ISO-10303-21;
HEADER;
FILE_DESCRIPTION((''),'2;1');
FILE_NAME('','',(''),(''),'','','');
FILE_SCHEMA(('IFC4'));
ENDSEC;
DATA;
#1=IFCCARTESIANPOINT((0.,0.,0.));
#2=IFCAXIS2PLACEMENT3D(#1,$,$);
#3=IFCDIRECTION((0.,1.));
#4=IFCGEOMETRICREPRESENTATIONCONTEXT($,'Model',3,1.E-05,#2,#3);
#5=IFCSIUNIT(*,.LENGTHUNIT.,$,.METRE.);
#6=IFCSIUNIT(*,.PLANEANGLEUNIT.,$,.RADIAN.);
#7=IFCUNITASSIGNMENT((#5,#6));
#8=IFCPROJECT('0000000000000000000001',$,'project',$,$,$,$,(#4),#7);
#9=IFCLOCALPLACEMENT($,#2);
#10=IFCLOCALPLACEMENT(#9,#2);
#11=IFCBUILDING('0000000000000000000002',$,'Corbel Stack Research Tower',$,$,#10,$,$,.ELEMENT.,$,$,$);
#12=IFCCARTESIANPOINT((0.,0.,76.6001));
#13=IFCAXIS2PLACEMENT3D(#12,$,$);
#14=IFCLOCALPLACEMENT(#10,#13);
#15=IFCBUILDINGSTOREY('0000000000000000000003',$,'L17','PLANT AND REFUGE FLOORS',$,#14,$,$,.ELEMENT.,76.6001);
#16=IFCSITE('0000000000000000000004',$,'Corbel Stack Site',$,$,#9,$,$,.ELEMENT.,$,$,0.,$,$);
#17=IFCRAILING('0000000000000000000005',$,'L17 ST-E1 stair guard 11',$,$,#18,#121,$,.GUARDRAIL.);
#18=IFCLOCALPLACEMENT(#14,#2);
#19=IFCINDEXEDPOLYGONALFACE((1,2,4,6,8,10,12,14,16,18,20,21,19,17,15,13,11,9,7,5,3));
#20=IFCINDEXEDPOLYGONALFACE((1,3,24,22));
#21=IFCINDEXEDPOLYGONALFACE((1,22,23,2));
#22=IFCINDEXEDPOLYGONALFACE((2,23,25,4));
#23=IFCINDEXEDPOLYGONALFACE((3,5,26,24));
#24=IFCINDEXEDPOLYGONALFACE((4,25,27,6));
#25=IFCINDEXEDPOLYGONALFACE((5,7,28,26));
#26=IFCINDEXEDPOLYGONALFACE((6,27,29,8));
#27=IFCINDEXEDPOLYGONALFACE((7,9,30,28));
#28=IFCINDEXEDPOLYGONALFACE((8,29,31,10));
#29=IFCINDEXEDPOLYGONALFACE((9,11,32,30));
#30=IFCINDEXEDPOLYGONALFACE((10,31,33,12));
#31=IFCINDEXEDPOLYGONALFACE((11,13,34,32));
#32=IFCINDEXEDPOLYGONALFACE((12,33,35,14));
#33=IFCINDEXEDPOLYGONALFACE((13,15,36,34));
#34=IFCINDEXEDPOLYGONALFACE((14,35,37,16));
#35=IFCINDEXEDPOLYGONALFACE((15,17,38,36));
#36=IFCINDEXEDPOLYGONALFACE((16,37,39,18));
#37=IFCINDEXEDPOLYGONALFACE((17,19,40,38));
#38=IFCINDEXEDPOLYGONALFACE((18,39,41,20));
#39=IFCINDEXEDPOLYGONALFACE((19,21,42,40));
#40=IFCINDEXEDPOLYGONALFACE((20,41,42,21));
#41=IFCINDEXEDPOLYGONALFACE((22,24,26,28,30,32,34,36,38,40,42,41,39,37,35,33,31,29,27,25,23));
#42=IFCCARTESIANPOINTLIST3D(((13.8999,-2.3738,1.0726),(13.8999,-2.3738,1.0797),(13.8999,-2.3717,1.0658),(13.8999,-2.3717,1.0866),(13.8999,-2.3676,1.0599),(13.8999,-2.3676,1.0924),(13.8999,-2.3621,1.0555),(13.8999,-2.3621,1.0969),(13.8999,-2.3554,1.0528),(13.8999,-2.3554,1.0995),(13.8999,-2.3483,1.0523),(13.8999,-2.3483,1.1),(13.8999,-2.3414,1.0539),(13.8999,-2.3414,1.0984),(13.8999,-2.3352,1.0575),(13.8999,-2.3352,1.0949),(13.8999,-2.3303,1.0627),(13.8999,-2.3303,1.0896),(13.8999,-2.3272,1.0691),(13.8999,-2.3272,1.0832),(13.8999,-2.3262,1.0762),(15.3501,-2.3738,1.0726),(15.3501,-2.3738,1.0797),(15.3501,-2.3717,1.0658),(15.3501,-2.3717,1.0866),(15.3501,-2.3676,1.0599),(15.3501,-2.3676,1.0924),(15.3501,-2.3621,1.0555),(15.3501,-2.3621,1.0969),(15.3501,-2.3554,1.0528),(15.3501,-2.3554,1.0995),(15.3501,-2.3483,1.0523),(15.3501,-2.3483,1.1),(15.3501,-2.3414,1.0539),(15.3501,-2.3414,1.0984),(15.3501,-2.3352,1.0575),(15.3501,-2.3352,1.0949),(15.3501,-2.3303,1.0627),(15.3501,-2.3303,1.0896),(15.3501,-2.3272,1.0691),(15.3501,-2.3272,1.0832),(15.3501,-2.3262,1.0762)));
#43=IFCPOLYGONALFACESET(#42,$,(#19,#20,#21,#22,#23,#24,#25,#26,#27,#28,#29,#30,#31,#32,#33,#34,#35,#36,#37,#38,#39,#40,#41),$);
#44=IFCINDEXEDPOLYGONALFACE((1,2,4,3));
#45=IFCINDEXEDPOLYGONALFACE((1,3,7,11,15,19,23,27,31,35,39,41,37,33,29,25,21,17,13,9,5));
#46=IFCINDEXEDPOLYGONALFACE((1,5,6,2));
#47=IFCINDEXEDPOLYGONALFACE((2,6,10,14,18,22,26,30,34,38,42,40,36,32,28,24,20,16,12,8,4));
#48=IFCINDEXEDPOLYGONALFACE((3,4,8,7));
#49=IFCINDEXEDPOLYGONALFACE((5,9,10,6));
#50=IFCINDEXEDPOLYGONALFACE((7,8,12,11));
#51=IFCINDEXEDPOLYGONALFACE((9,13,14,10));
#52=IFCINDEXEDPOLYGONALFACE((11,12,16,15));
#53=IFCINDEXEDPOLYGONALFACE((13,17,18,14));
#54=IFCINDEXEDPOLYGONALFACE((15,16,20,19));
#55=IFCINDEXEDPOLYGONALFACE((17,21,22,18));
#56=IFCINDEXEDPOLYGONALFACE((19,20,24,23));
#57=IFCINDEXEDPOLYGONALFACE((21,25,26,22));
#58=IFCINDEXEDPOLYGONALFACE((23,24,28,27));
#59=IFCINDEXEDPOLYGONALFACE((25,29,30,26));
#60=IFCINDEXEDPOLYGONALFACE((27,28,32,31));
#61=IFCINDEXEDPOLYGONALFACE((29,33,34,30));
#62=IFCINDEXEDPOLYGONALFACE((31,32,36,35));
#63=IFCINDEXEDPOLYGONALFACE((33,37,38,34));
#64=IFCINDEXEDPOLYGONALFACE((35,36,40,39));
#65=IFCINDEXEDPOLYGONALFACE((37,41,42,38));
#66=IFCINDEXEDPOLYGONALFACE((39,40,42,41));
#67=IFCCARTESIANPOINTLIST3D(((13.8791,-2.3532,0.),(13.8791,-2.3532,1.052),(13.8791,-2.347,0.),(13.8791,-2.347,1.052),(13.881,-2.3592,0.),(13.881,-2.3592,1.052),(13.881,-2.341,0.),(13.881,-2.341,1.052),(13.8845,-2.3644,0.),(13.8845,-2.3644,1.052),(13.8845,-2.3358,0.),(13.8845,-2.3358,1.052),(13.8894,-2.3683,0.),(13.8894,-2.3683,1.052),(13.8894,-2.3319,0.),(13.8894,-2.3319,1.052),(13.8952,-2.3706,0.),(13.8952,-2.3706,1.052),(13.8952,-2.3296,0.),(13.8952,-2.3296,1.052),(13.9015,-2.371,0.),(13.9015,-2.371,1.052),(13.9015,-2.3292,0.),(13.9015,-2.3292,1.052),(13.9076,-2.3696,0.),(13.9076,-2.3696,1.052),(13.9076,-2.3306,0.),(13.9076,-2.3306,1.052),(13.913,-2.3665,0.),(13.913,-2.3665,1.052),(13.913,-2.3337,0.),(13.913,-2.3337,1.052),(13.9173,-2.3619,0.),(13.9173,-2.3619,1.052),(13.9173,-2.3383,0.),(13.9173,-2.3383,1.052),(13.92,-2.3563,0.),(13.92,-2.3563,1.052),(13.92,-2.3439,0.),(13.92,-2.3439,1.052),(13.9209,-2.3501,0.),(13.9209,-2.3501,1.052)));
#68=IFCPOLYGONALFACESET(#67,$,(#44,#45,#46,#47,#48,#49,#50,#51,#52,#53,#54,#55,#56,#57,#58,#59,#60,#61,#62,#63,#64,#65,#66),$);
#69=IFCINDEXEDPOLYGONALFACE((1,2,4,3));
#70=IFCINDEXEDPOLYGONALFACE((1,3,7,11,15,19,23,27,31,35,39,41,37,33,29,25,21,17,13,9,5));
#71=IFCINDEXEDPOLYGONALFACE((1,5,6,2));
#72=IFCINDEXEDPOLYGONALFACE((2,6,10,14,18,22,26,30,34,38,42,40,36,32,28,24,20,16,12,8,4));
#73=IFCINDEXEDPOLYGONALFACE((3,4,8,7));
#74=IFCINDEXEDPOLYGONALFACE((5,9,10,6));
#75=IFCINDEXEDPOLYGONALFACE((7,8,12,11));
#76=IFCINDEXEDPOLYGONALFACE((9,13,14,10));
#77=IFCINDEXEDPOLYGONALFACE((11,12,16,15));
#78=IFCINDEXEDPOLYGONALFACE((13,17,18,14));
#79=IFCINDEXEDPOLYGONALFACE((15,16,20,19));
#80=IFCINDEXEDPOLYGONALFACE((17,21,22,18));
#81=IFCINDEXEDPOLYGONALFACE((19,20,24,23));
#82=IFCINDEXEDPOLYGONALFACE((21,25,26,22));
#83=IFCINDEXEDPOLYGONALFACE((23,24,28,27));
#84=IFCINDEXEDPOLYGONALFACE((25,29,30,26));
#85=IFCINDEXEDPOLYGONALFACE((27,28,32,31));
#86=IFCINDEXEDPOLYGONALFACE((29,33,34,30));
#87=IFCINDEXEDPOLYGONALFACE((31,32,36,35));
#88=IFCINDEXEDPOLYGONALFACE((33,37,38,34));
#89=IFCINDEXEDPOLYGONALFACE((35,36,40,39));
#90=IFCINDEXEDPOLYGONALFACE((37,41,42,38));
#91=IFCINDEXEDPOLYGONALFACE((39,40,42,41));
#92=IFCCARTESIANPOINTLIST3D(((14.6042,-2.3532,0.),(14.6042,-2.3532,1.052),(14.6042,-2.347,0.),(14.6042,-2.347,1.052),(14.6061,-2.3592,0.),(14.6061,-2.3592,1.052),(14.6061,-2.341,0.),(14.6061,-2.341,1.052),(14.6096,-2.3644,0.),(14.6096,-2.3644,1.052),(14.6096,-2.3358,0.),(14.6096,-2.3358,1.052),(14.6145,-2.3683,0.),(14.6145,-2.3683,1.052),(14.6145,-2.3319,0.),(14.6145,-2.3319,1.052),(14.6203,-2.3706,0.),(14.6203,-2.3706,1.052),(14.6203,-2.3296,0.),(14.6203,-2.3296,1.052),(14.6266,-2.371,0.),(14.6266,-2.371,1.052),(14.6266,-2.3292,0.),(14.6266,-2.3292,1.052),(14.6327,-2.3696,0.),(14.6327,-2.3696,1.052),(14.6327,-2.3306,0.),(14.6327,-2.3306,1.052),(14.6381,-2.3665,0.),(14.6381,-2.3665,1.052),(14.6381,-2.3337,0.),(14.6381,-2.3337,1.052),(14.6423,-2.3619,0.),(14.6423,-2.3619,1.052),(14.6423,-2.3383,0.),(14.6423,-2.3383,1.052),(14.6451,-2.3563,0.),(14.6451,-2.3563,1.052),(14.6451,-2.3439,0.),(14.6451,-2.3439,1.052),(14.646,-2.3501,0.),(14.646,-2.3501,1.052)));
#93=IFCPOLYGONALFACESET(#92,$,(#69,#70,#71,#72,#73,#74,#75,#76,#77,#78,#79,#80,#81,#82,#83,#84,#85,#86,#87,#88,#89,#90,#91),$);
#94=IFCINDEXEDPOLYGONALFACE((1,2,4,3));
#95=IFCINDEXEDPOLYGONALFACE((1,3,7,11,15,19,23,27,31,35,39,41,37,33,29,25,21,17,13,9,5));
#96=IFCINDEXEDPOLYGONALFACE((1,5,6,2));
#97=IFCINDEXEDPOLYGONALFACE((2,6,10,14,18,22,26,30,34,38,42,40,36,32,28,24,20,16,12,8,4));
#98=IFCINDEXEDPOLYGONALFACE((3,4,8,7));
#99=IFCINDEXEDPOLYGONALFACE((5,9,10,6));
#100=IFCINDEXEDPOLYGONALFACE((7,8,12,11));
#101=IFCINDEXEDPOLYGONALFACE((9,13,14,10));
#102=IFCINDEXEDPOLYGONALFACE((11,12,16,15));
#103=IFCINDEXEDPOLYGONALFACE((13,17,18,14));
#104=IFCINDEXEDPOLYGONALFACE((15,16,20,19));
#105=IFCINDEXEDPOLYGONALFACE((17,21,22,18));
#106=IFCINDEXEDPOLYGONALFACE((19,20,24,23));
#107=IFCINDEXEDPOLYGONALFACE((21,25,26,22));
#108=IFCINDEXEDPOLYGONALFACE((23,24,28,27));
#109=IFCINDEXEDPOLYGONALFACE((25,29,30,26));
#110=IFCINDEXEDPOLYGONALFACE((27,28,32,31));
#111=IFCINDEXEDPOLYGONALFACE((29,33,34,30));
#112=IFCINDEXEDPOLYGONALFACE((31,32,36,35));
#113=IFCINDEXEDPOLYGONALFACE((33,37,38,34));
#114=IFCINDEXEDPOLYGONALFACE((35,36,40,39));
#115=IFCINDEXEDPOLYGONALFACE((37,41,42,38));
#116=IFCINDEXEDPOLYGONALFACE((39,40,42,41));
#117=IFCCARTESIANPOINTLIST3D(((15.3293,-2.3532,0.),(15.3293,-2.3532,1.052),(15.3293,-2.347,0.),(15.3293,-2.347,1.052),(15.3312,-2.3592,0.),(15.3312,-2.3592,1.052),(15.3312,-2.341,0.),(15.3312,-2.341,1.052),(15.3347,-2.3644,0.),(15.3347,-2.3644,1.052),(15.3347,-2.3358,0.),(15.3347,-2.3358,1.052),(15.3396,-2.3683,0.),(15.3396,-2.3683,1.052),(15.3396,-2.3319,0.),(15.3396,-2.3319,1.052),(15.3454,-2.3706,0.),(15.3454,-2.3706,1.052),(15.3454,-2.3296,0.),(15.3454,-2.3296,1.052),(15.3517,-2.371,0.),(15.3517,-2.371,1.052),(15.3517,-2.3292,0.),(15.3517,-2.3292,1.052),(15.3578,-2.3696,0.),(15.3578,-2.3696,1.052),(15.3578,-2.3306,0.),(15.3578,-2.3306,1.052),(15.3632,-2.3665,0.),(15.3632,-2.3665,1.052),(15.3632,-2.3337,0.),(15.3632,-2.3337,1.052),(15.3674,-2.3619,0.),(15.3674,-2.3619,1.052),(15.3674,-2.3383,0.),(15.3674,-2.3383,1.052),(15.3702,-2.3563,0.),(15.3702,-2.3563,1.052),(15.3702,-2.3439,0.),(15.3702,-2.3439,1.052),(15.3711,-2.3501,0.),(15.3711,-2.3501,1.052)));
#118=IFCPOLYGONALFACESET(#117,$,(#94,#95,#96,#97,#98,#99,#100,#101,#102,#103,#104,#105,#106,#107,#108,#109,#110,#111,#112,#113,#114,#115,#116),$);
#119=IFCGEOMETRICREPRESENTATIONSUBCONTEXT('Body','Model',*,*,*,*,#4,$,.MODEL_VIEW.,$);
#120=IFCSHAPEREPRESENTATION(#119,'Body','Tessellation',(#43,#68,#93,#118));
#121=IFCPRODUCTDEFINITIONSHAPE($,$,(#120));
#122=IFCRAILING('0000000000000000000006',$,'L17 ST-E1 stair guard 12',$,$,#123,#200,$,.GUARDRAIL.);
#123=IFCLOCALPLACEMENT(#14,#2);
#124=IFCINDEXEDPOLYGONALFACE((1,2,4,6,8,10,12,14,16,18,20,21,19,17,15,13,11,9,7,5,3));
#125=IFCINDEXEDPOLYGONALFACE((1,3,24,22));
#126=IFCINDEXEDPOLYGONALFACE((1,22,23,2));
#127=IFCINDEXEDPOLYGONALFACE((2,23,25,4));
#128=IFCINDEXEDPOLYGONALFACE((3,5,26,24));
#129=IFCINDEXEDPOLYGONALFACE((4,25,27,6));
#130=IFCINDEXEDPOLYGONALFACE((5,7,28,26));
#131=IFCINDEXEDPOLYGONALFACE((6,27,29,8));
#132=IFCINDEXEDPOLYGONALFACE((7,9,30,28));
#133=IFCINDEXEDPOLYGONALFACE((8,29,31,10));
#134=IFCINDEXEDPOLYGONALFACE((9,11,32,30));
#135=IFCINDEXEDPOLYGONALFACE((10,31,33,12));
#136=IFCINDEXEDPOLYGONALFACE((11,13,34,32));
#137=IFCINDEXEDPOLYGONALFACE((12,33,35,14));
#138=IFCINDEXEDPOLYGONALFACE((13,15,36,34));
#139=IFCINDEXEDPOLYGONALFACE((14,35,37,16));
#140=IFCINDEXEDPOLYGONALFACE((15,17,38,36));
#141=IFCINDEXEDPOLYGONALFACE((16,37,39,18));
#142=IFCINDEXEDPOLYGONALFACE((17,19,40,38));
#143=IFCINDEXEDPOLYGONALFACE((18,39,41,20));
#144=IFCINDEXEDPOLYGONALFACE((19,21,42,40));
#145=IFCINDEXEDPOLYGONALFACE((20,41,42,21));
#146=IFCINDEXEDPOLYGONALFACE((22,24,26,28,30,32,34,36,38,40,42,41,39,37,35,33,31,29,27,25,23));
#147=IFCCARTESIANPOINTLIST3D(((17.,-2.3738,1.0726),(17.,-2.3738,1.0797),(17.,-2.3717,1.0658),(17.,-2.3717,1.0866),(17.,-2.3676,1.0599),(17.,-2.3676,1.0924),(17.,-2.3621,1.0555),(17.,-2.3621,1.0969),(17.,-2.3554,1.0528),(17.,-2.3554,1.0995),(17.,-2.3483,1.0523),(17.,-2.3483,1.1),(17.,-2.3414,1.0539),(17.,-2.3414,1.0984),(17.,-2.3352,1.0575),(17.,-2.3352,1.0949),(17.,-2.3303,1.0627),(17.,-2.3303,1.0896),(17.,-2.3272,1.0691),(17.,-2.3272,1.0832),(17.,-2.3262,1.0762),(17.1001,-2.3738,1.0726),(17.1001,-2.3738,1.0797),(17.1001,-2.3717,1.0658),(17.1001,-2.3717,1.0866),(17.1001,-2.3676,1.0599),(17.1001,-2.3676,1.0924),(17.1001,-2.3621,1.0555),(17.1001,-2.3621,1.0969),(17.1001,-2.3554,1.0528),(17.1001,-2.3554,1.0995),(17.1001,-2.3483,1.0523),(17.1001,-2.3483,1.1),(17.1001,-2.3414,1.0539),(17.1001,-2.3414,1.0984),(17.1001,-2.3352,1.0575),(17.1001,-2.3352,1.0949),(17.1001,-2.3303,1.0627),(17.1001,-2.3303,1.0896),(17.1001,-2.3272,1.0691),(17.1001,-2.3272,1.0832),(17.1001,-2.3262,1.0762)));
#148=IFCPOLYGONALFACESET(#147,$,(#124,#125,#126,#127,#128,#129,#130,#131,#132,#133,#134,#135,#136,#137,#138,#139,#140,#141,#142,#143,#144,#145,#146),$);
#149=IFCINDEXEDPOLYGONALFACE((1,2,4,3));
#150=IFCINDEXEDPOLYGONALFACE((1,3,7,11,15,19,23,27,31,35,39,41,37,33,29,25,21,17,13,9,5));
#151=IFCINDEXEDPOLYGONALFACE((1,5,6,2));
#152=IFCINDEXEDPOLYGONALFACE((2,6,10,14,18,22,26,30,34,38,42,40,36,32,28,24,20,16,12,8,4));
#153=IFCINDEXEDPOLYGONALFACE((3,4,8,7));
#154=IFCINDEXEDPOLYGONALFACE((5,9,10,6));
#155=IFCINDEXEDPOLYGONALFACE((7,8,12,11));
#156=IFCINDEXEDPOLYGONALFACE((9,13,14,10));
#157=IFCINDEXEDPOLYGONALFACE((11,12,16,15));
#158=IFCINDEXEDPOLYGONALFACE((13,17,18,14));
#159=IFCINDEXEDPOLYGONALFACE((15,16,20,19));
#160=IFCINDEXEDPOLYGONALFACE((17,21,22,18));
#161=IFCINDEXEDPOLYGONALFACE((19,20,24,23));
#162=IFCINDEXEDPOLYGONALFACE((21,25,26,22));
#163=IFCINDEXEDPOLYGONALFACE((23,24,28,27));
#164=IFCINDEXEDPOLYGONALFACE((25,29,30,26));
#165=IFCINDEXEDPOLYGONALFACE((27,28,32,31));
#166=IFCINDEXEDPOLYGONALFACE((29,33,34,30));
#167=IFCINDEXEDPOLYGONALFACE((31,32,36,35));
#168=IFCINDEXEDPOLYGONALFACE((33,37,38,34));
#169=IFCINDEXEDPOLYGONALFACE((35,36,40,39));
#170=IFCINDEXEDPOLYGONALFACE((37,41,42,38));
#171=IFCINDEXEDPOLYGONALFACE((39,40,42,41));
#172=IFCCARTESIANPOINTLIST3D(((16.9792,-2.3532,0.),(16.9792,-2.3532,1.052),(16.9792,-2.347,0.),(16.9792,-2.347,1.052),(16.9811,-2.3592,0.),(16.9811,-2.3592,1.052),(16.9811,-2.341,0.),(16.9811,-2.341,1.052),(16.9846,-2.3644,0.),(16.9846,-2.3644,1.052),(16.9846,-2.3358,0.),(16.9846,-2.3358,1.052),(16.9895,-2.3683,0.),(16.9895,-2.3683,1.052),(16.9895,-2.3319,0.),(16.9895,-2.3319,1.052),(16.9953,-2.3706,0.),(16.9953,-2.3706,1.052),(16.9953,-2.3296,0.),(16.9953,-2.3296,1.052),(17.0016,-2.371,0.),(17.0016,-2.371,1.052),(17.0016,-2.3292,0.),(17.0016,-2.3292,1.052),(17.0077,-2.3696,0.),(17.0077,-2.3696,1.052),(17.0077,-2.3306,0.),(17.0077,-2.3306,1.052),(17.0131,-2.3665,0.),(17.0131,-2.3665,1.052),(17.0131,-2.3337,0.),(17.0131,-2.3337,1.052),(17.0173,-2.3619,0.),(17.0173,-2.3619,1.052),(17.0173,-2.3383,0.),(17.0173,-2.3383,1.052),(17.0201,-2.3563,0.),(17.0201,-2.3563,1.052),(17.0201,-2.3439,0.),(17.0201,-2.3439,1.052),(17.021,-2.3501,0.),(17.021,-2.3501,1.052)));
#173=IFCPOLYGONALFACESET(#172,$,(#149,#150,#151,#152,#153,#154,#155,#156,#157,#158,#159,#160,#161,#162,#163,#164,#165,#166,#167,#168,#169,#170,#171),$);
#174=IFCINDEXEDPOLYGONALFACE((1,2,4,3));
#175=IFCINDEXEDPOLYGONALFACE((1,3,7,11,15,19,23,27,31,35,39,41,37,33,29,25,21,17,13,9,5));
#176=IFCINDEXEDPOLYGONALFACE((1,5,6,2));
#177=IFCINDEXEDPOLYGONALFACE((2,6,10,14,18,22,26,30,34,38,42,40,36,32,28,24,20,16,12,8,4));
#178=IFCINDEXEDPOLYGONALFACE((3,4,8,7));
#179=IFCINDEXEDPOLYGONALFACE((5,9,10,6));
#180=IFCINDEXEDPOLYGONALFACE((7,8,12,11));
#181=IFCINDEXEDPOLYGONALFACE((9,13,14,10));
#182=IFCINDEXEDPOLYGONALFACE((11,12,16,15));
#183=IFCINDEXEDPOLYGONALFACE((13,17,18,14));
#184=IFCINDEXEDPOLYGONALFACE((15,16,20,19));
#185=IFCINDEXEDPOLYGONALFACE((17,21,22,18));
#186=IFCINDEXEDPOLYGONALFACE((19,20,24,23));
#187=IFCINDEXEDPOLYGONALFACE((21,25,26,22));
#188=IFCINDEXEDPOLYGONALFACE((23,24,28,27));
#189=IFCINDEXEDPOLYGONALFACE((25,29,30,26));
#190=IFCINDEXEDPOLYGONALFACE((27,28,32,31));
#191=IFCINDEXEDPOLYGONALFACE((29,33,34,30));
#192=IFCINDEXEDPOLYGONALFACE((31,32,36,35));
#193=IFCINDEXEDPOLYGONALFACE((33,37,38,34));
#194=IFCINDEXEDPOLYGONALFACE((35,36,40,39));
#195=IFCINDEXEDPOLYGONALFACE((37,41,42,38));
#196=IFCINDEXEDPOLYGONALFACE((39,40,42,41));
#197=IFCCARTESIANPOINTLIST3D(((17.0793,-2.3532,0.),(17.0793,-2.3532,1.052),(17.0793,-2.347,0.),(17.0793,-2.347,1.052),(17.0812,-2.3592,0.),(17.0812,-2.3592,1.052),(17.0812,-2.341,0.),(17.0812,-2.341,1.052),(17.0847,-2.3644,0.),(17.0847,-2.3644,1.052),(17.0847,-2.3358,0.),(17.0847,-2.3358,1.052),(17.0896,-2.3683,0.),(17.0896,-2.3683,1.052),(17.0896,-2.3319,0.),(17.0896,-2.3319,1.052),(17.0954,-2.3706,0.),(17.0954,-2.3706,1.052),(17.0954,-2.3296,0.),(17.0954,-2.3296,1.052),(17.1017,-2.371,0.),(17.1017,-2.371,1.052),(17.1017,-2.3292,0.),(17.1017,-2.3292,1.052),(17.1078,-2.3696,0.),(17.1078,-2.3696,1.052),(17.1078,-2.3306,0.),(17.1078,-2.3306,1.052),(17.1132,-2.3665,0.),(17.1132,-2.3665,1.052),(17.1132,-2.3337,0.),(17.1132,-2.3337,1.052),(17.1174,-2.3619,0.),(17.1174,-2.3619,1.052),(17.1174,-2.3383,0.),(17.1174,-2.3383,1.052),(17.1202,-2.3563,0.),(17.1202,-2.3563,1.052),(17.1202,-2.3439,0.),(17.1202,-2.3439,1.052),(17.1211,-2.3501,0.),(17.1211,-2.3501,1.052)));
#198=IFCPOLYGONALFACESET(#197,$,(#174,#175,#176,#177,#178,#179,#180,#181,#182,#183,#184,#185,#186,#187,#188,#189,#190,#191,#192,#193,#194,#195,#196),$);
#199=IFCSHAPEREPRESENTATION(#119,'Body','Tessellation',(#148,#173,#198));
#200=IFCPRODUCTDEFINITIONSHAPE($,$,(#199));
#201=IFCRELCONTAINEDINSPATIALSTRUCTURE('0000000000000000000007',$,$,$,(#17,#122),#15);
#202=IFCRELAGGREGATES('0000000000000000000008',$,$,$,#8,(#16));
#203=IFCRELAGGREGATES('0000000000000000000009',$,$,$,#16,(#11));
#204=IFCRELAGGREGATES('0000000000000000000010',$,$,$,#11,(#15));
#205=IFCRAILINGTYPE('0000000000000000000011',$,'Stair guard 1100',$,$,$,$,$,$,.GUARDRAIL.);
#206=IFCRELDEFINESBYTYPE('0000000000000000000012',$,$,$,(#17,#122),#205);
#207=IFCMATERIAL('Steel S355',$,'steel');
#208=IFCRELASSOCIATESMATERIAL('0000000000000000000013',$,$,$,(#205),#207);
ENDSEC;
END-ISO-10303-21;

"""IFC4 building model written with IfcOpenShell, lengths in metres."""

from ifc_helpers import new_model, si_unit, direction, frame, origin, origin_2d, place, context, subcontext, project, spatial, circle, extrude, material, type_object, element, save


model = new_model("IFC4")

# Units and contexts
model_context = context("Model", 3, precision=1e-05, world=origin(), true_north=direction((0.0, 1.0)))
body_context = subcontext(model_context, "Body", "Model", "MODEL_VIEW")
ifc_project = project(units=[si_unit("LENGTHUNIT", "METRE"), si_unit("PLANEANGLEUNIT", "RADIAN")], contexts=[model_context])

# Site, building, storey
site_placement = place(None, origin())
site = spatial("IfcSite", under=ifc_project, at=site_placement, Name="Corbel Stack Site", CompositionType="ELEMENT", RefElevation=0.0)
building_placement = place(site_placement, origin())
building = spatial("IfcBuilding", under=site, at=building_placement, Name="Corbel Stack Research Tower", CompositionType="ELEMENT")
storey_placement = place(building_placement, frame((0.0, 0.0, 76.6001)))
storey = spatial("IfcBuildingStorey", under=building, at=storey_placement, Name="L17", Description="PLANT AND REFUGE FLOORS", CompositionType="ELEMENT", Elevation=76.6001)

# Railings
ifc_material_1 = material(Name="Steel S355", Category="steel")
railing_type_1 = type_object("IfcRailingType", Name="Stair guard 1100", PredefinedType="GUARDRAIL", material=ifc_material_1)
railing_1_placement = place(storey_placement, frame((13.8999, -2.3501, 0.0)))
element("IfcRailing", 1, at=railing_1_placement, inside=storey, type_object=railing_type_1, Name="L17 ST-E1 stair guard 11", PredefinedType="GUARDRAIL", context=body_context, shape_type="SweptSolid", body=[
    extrude(circle(Radius=0.0239, at=origin_2d()), frame((0.0, 0.0, 1.0762), z_axis=(1.0, 0.0, 0.0), x_axis=(0.0, 1.0, 0.0)), (0.0, 0.0, 1.0), 1.4502),
    extrude(circle(Radius=0.021, at=origin_2d()), origin(), (0.0, 0.0, 1.0), 1.052),
    extrude(circle(Radius=0.021, at=origin_2d()), frame((0.7251, 0.0, 0.0)), (0.0, 0.0, 1.0), 1.052),
    extrude(circle(Radius=0.021, at=origin_2d()), frame((1.4502, 0.0, 0.0)), (0.0, 0.0, 1.0), 1.052),
])
railing_2_placement = place(storey_placement, frame((17.0, -2.3501, 0.0)))
element("IfcRailing", 2, at=railing_2_placement, inside=storey, type_object=railing_type_1, Name="L17 ST-E1 stair guard 12", PredefinedType="GUARDRAIL", context=body_context, shape_type="SweptSolid", body=[
    extrude(circle(Radius=0.0239, at=origin_2d()), frame((0.0, 0.0, 1.0762), z_axis=(1.0, 0.0, 0.0), x_axis=(0.0, 1.0, 0.0)), (0.0, 0.0, 1.0), 0.1001),
    extrude(circle(Radius=0.021, at=origin_2d()), origin(), (0.0, 0.0, 1.0), 1.052),
    extrude(circle(Radius=0.021, at=origin_2d()), frame((0.1001, 0.0, 0.0)), (0.0, 0.0, 1.0), 1.052),
])

save(model, "model.ifc")
